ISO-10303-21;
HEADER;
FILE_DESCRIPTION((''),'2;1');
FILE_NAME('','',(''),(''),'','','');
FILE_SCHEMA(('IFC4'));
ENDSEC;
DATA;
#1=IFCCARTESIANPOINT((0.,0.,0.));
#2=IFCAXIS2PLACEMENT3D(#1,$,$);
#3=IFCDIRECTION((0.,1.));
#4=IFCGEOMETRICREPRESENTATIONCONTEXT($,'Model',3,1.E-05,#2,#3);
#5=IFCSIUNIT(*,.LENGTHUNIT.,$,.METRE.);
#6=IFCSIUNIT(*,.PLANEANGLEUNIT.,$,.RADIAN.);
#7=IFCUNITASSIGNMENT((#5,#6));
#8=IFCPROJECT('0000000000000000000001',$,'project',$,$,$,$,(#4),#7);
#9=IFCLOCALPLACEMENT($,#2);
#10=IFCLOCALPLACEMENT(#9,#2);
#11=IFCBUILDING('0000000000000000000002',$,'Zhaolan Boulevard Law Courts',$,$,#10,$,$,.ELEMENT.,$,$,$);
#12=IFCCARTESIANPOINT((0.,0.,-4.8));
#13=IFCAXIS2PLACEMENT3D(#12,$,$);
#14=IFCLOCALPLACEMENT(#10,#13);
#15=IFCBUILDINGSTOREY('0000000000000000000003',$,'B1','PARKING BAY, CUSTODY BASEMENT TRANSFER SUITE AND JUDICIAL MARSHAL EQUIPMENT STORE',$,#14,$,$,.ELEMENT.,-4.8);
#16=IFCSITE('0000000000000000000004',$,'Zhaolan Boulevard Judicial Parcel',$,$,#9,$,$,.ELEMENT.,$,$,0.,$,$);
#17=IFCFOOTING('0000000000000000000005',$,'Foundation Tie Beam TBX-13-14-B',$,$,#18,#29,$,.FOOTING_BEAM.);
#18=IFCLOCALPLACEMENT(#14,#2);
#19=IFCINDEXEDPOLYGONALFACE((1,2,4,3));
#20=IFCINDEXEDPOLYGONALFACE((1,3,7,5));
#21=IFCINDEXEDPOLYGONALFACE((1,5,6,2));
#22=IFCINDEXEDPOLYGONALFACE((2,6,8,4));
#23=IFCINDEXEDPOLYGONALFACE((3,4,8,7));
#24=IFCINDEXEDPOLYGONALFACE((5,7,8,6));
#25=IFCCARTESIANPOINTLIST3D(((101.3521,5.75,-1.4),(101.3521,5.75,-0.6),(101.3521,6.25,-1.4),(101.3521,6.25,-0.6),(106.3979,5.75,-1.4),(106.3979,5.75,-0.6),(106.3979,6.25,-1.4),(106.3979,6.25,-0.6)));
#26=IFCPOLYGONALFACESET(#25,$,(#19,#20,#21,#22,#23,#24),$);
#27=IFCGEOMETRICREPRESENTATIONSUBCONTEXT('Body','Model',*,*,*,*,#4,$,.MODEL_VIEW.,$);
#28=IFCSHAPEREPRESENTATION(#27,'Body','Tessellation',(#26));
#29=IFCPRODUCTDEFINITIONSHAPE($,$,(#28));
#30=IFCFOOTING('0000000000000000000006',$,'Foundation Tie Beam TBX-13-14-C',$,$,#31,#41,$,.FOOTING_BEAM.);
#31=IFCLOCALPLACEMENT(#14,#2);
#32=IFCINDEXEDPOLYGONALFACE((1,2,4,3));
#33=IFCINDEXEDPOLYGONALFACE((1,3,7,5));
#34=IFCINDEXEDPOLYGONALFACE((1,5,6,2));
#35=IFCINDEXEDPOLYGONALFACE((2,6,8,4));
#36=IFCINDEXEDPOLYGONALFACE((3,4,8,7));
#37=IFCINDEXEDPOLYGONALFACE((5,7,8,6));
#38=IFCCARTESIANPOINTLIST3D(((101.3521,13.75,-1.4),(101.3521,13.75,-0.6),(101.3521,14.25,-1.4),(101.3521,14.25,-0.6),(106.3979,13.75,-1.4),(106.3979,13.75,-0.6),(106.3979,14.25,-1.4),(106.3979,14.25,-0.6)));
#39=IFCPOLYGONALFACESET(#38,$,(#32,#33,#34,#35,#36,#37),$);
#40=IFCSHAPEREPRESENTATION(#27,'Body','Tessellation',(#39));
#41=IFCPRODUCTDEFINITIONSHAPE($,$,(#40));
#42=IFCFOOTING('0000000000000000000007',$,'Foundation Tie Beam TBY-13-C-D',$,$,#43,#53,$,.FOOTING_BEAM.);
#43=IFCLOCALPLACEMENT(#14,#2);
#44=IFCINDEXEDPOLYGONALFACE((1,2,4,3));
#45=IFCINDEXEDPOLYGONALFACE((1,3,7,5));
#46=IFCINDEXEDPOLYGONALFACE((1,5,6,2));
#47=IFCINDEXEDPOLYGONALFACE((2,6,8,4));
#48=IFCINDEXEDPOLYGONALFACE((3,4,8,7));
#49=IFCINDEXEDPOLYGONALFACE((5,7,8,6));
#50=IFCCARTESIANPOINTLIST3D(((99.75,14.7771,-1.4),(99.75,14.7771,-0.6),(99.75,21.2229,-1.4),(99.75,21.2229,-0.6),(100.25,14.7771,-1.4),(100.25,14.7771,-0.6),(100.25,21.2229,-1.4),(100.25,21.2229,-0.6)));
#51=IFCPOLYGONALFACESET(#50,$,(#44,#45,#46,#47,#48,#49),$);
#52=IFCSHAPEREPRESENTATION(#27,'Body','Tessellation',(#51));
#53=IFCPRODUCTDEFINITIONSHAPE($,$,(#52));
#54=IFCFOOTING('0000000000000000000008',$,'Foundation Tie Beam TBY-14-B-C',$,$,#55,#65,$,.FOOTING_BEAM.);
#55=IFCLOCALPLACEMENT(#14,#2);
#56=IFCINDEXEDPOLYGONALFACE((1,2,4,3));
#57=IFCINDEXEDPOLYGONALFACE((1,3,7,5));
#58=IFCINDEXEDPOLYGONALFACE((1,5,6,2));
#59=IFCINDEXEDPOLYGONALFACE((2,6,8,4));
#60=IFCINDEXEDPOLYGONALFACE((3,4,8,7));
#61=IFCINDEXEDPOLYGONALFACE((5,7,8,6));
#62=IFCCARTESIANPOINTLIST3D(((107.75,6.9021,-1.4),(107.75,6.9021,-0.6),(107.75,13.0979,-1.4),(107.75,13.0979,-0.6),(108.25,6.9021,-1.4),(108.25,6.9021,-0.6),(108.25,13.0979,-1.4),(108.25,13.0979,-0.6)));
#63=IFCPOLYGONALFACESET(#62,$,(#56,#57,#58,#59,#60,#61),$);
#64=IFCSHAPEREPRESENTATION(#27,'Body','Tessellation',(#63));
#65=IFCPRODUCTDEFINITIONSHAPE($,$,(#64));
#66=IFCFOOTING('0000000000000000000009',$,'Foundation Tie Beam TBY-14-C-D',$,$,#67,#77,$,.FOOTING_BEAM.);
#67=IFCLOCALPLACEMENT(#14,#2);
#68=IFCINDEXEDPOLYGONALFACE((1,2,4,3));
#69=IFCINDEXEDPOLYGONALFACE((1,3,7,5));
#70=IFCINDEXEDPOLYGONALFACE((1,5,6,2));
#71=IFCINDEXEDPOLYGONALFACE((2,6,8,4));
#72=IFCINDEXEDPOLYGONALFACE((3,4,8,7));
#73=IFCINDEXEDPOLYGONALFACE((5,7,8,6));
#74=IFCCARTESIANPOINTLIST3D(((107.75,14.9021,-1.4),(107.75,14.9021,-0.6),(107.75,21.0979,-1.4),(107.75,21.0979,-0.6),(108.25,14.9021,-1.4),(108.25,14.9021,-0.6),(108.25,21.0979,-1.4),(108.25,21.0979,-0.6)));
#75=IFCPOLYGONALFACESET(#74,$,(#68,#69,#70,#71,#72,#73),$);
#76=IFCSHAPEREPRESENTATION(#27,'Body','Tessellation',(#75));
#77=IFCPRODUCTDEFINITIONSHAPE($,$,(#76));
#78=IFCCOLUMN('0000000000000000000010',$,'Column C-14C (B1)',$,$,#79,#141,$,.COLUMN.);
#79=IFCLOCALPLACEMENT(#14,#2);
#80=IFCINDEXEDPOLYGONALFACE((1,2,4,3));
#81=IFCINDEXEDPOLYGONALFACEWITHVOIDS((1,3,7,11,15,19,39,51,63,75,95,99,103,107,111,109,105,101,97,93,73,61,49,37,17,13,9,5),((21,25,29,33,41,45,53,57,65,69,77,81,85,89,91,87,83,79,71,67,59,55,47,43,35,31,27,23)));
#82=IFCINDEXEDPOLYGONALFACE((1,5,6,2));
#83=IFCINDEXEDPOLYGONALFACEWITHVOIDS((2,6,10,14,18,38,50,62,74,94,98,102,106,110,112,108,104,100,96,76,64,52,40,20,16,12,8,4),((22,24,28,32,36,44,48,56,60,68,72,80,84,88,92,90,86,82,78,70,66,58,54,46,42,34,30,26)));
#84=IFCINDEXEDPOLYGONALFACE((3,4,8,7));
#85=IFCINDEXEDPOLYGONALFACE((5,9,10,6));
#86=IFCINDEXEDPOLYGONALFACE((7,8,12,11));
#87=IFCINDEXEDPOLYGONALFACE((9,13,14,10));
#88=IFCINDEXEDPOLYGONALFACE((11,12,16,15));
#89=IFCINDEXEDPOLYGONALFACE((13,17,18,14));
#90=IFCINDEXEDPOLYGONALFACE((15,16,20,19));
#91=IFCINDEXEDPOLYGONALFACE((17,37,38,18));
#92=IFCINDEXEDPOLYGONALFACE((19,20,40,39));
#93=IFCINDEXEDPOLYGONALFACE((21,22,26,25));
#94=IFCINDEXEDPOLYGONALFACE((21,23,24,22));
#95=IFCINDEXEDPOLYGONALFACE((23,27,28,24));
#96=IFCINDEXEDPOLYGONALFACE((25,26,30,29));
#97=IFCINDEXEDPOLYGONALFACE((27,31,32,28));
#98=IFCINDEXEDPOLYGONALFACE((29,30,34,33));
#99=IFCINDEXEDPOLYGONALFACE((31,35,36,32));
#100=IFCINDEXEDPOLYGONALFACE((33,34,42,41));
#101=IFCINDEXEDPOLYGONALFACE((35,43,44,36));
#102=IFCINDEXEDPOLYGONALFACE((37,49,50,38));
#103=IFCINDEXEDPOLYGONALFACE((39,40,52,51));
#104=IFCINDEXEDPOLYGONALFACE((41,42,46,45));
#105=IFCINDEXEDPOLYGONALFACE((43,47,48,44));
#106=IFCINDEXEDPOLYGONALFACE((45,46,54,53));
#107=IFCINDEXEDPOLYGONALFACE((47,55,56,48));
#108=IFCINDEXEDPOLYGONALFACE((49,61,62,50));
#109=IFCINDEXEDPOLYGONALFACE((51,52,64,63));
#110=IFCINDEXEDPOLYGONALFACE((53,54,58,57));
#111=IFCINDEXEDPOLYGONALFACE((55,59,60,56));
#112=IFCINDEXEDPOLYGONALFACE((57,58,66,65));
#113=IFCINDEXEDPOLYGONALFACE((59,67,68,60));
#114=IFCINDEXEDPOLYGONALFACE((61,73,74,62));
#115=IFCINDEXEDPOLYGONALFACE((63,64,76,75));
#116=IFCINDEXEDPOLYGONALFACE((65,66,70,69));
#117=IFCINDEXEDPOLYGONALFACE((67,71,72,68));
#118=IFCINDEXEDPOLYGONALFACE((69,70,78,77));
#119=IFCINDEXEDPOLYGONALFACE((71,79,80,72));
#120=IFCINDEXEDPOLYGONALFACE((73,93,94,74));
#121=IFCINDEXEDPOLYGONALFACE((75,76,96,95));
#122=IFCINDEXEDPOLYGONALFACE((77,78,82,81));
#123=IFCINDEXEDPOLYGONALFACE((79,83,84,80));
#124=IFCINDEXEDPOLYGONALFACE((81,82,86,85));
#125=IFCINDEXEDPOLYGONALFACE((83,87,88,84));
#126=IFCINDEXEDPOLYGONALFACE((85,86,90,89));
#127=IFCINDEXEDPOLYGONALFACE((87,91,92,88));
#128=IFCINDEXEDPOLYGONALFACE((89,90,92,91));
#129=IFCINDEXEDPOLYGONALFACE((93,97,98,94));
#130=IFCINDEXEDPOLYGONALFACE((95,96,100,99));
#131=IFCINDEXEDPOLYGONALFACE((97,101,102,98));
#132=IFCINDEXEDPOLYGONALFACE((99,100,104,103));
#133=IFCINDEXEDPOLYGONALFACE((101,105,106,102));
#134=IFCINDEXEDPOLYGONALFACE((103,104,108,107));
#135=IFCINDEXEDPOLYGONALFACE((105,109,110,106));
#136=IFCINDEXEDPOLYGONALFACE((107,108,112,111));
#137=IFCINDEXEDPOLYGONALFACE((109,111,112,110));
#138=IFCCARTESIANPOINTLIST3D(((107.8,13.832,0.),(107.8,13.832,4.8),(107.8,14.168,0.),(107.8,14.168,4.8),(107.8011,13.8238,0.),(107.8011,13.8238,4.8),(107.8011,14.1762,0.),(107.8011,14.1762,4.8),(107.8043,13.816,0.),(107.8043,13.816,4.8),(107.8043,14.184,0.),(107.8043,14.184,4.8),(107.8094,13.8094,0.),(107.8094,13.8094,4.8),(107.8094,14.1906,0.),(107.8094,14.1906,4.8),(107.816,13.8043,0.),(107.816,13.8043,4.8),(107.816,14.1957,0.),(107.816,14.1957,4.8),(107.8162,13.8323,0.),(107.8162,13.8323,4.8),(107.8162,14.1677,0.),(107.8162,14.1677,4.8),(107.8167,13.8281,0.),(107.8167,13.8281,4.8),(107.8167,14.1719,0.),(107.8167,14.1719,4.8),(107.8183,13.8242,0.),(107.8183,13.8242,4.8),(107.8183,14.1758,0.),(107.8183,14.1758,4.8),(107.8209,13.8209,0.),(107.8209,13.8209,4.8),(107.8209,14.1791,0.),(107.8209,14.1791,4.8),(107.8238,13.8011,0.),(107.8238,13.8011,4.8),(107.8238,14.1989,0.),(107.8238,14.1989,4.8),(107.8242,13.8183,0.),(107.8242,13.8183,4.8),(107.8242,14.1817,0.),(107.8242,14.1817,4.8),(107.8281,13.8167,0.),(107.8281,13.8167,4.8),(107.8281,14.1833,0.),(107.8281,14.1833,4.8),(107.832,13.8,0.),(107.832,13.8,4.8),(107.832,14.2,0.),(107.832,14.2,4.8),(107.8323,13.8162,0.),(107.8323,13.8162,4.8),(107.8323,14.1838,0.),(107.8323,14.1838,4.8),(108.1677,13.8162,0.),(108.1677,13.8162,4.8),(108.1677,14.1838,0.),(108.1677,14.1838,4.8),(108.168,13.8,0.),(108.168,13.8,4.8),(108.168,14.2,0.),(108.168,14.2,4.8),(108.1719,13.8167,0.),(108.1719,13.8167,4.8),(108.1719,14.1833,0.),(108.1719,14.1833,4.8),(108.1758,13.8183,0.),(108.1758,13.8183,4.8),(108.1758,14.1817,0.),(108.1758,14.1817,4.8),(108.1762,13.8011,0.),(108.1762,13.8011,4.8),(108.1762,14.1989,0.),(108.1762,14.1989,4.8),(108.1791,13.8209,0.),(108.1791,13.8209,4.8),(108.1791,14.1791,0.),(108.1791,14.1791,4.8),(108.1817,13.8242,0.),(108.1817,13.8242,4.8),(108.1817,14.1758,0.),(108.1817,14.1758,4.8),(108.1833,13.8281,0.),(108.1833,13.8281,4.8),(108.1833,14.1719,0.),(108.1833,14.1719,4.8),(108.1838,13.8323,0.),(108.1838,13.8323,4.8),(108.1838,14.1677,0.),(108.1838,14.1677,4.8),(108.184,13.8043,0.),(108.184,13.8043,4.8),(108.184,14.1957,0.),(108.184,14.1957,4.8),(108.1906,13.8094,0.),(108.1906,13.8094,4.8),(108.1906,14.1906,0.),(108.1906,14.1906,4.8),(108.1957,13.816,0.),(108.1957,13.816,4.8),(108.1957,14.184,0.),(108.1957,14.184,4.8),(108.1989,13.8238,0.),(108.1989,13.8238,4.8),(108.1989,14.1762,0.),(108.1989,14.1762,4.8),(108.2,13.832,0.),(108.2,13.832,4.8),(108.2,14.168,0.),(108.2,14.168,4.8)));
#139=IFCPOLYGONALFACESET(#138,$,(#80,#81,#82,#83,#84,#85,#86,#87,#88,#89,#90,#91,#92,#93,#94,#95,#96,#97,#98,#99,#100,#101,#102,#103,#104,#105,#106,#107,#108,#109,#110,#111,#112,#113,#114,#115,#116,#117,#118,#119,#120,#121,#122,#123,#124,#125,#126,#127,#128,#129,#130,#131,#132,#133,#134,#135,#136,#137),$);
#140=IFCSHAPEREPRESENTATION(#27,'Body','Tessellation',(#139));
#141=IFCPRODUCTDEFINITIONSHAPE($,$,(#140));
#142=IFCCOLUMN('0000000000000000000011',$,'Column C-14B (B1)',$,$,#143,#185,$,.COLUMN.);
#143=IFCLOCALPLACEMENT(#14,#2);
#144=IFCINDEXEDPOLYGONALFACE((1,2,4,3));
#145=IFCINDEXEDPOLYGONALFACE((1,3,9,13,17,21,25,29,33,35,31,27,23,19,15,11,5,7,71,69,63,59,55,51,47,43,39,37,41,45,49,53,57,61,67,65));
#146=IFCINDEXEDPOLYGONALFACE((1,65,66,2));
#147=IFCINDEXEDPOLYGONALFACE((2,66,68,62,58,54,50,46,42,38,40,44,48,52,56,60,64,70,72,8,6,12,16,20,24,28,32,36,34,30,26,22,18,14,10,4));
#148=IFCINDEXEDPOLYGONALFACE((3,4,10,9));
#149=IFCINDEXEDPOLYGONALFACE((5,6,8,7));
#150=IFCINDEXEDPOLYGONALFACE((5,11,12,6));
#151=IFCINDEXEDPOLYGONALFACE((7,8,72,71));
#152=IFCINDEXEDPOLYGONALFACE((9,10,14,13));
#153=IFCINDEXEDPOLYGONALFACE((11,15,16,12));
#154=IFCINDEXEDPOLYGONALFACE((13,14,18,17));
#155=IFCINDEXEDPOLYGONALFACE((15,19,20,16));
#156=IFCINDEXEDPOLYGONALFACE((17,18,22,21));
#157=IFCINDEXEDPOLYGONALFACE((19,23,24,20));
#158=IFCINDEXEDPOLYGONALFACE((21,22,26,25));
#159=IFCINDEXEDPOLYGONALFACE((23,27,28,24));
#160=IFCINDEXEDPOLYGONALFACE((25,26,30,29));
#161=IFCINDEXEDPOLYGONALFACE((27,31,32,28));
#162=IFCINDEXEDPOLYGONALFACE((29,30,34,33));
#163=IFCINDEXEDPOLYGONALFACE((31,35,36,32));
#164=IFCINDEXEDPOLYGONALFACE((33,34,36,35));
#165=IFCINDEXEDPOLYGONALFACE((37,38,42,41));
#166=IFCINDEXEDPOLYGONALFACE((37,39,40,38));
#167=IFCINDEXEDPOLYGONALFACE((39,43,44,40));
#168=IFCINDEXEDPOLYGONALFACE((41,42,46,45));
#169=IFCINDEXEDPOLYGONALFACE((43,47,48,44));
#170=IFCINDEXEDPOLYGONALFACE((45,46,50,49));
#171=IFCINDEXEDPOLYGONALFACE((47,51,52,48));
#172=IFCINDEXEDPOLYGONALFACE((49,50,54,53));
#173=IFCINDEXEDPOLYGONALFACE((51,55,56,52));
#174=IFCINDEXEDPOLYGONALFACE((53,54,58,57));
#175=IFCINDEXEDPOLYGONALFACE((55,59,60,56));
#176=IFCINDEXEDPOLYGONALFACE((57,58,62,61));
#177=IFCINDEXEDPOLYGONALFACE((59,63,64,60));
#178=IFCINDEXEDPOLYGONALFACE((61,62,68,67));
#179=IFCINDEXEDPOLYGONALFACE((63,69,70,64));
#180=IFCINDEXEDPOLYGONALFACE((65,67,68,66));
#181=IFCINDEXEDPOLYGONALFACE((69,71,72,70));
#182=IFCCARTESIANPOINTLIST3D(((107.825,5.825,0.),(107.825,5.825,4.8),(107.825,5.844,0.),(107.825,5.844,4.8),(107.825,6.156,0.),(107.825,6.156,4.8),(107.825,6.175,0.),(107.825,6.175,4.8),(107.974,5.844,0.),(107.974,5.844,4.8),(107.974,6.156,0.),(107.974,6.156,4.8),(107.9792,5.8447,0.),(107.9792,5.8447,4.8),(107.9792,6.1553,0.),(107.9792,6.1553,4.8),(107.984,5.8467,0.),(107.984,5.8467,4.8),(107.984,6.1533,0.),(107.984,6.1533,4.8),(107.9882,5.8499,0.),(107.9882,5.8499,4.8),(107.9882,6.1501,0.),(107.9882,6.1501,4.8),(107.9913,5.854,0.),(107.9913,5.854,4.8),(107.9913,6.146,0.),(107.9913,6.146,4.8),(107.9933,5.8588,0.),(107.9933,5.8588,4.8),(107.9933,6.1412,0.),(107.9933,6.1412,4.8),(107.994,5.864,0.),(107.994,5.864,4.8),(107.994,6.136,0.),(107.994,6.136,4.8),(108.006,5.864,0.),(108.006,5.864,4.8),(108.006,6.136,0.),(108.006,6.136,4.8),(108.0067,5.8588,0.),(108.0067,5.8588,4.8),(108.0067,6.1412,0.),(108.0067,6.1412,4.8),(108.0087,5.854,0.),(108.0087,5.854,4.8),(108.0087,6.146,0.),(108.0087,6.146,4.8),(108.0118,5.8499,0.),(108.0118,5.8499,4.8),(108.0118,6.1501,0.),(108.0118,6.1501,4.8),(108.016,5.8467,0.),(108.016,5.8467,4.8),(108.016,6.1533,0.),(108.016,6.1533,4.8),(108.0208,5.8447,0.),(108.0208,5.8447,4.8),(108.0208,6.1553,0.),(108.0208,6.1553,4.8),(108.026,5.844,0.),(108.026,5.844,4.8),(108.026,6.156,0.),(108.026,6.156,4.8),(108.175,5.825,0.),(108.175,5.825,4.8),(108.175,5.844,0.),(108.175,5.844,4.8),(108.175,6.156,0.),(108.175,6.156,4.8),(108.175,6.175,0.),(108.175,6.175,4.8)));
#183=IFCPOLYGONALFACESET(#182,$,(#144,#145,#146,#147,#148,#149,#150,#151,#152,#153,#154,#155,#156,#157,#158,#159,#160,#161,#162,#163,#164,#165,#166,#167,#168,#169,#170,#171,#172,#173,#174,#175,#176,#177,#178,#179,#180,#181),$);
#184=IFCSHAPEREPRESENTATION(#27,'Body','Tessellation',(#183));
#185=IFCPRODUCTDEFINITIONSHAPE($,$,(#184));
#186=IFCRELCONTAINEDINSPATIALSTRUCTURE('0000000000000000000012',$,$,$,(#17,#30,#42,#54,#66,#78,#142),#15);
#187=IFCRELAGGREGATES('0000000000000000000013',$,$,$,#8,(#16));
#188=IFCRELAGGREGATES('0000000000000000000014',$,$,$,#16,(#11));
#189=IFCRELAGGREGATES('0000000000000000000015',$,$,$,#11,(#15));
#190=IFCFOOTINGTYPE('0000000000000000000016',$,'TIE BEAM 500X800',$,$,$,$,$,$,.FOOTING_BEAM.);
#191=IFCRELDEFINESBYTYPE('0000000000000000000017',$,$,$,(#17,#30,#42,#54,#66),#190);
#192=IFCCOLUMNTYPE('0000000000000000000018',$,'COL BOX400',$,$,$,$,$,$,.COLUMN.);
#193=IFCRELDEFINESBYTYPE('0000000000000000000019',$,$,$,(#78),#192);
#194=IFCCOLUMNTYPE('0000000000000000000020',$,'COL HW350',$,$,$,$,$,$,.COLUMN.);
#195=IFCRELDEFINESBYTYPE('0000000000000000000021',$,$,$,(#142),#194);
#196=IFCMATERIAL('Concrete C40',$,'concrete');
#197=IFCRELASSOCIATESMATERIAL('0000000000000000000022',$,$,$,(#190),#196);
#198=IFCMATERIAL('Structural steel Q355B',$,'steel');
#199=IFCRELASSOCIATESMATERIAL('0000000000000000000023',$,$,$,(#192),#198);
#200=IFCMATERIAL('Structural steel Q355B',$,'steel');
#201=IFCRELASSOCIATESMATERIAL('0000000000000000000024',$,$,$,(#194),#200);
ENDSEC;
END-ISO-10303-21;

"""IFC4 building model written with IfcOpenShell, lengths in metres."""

from ifc_helpers import new_model, si_unit, direction, frame, origin, origin_2d, place, context, subcontext, project, spatial, rectangle, hollow_rectangle, i_section, extrude, material, material_profile, profile_set, type_object, element, save


model = new_model("IFC4")

# Units and contexts
model_context = context("Model", 3, precision=1e-05, world=origin(), true_north=direction((0.0, 1.0)))
body_context = subcontext(model_context, "Body", "Model", "MODEL_VIEW")
ifc_project = project(units=[si_unit("LENGTHUNIT", "METRE"), si_unit("PLANEANGLEUNIT", "RADIAN")], contexts=[model_context])

# Site, building, storey
site_placement = place(None, origin())
site = spatial("IfcSite", under=ifc_project, at=site_placement, Name="Zhaolan Boulevard Judicial Parcel", CompositionType="ELEMENT", RefElevation=0.0)
building_placement = place(site_placement, origin())
building = spatial("IfcBuilding", under=site, at=building_placement, Name="Zhaolan Boulevard Law Courts", CompositionType="ELEMENT")
storey_placement = place(building_placement, frame((0.0, 0.0, -4.8)))
storey = spatial("IfcBuildingStorey", under=building, at=storey_placement, Name="B1", Description="PARKING BAY, CUSTODY BASEMENT TRANSFER SUITE AND JUDICIAL MARSHAL EQUIPMENT STORE", CompositionType="ELEMENT", Elevation=-4.8)

# Footings
ifc_material_1 = material(Name="Concrete C40", Category="concrete")
ifc_material_profile_1 = material_profile(ifc_material_1, rectangle(XDim=0.5, YDim=0.8, at=origin_2d()), Name="RC500x800")
ifc_profile_set_1 = profile_set([ifc_material_profile_1], Name="Concrete C40")
footing_type_1 = type_object("IfcFootingType", Name="TIE BEAM 500X800", PredefinedType="FOOTING_BEAM", material=ifc_profile_set_1)
for number, where, z_axis, x_axis, name in (
    (1, (101.3521, 6.0, -1.0), (1.0, 0.0, 0.0), (0.0, 1.0, 0.0), "Foundation Tie Beam TBX-13-14-B"),
    (2, (101.3521, 14.0, -1.0), (1.0, 0.0, 0.0), (0.0, 1.0, 0.0), "Foundation Tie Beam TBX-13-14-C"),
):
    element("IfcFooting", number, at=place(storey_placement, frame(where, z_axis=z_axis, x_axis=x_axis)), inside=storey, type_object=footing_type_1, Name=name, PredefinedType="FOOTING_BEAM", context=body_context, shape_type="SweptSolid", body=[
        extrude(rectangle(XDim=0.5, YDim=0.8, at=origin_2d()), origin(), (0.0, 0.0, 1.0), 5.0459),
    ])
footing_placement = place(storey_placement, frame((100.0, 14.7771, -1.0), z_axis=(0.0, 1.0, 0.0), x_axis=(-1.0, 0.0, 0.0)))
element("IfcFooting", 3, at=footing_placement, inside=storey, type_object=footing_type_1, Name="Foundation Tie Beam TBY-13-C-D", PredefinedType="FOOTING_BEAM", context=body_context, shape_type="SweptSolid", body=[
    extrude(rectangle(XDim=0.5, YDim=0.8, at=origin_2d()), origin(), (0.0, 0.0, 1.0), 6.4458),
])
for number, where, z_axis, x_axis, name in (
    (4, (108.0, 6.9021, -1.0), (0.0, 1.0, 0.0), (-1.0, 0.0, 0.0), "Foundation Tie Beam TBY-14-B-C"),
    (5, (108.0, 14.9021, -1.0), (0.0, 1.0, 0.0), (-1.0, 0.0, 0.0), "Foundation Tie Beam TBY-14-C-D"),
):
    element("IfcFooting", number, at=place(storey_placement, frame(where, z_axis=z_axis, x_axis=x_axis)), inside=storey, type_object=footing_type_1, Name=name, PredefinedType="FOOTING_BEAM", context=body_context, shape_type="SweptSolid", body=[
        extrude(rectangle(XDim=0.5, YDim=0.8, at=origin_2d()), origin(), (0.0, 0.0, 1.0), 6.1958),
    ])

# Columns
ifc_material_2 = material(Name="Structural steel Q355B", Category="steel")
ifc_material_profile_2 = material_profile(ifc_material_2, hollow_rectangle(XDim=0.3999, YDim=0.3999, WallThickness=0.0161, InnerFilletRadius=0.0161, OuterFilletRadius=0.032, at=origin_2d()), Name="BOX400x400x16")
ifc_profile_set_2 = profile_set([ifc_material_profile_2], Name="Structural steel Q355B")
column_type_1 = type_object("IfcColumnType", Name="COL BOX400", PredefinedType="COLUMN", material=ifc_profile_set_2)
column_1_placement = place(storey_placement, frame((108.0, 14.0, 0.0), z_axis=(0.0, 0.0, 1.0), x_axis=(1.0, 0.0, 0.0)))
element("IfcColumn", 6, at=column_1_placement, inside=storey, type_object=column_type_1, Name="Column C-14C (B1)", PredefinedType="COLUMN", context=body_context, shape_type="SweptSolid", body=[
    extrude(hollow_rectangle(XDim=0.3999, YDim=0.3999, WallThickness=0.0161, InnerFilletRadius=0.0161, OuterFilletRadius=0.032, at=origin_2d()), origin(), (0.0, 0.0, 1.0), 4.8),
])
ifc_material_3 = material(Name="Structural steel Q355B", Category="steel")
ifc_material_profile_3 = material_profile(ifc_material_3, i_section(OverallWidth=0.3501, OverallDepth=0.3501, WebThickness=0.012, FlangeThickness=0.019, FilletRadius=0.02, at=origin_2d()), Name="HW350x350")
ifc_profile_set_3 = profile_set([ifc_material_profile_3], Name="Structural steel Q355B")
column_type_2 = type_object("IfcColumnType", Name="COL HW350", PredefinedType="COLUMN", material=ifc_profile_set_3)
column_2_placement = place(storey_placement, frame((108.0, 6.0, 0.0), z_axis=(0.0, 0.0, 1.0), x_axis=(1.0, 0.0, 0.0)))
element("IfcColumn", 7, at=column_2_placement, inside=storey, type_object=column_type_2, Name="Column C-14B (B1)", PredefinedType="COLUMN", context=body_context, shape_type="SweptSolid", body=[
    extrude(i_section(OverallWidth=0.3501, OverallDepth=0.3501, WebThickness=0.012, FlangeThickness=0.019, FilletRadius=0.02, at=origin_2d()), origin(), (0.0, 0.0, 1.0), 4.8),
])

save(model, "model.ifc")
